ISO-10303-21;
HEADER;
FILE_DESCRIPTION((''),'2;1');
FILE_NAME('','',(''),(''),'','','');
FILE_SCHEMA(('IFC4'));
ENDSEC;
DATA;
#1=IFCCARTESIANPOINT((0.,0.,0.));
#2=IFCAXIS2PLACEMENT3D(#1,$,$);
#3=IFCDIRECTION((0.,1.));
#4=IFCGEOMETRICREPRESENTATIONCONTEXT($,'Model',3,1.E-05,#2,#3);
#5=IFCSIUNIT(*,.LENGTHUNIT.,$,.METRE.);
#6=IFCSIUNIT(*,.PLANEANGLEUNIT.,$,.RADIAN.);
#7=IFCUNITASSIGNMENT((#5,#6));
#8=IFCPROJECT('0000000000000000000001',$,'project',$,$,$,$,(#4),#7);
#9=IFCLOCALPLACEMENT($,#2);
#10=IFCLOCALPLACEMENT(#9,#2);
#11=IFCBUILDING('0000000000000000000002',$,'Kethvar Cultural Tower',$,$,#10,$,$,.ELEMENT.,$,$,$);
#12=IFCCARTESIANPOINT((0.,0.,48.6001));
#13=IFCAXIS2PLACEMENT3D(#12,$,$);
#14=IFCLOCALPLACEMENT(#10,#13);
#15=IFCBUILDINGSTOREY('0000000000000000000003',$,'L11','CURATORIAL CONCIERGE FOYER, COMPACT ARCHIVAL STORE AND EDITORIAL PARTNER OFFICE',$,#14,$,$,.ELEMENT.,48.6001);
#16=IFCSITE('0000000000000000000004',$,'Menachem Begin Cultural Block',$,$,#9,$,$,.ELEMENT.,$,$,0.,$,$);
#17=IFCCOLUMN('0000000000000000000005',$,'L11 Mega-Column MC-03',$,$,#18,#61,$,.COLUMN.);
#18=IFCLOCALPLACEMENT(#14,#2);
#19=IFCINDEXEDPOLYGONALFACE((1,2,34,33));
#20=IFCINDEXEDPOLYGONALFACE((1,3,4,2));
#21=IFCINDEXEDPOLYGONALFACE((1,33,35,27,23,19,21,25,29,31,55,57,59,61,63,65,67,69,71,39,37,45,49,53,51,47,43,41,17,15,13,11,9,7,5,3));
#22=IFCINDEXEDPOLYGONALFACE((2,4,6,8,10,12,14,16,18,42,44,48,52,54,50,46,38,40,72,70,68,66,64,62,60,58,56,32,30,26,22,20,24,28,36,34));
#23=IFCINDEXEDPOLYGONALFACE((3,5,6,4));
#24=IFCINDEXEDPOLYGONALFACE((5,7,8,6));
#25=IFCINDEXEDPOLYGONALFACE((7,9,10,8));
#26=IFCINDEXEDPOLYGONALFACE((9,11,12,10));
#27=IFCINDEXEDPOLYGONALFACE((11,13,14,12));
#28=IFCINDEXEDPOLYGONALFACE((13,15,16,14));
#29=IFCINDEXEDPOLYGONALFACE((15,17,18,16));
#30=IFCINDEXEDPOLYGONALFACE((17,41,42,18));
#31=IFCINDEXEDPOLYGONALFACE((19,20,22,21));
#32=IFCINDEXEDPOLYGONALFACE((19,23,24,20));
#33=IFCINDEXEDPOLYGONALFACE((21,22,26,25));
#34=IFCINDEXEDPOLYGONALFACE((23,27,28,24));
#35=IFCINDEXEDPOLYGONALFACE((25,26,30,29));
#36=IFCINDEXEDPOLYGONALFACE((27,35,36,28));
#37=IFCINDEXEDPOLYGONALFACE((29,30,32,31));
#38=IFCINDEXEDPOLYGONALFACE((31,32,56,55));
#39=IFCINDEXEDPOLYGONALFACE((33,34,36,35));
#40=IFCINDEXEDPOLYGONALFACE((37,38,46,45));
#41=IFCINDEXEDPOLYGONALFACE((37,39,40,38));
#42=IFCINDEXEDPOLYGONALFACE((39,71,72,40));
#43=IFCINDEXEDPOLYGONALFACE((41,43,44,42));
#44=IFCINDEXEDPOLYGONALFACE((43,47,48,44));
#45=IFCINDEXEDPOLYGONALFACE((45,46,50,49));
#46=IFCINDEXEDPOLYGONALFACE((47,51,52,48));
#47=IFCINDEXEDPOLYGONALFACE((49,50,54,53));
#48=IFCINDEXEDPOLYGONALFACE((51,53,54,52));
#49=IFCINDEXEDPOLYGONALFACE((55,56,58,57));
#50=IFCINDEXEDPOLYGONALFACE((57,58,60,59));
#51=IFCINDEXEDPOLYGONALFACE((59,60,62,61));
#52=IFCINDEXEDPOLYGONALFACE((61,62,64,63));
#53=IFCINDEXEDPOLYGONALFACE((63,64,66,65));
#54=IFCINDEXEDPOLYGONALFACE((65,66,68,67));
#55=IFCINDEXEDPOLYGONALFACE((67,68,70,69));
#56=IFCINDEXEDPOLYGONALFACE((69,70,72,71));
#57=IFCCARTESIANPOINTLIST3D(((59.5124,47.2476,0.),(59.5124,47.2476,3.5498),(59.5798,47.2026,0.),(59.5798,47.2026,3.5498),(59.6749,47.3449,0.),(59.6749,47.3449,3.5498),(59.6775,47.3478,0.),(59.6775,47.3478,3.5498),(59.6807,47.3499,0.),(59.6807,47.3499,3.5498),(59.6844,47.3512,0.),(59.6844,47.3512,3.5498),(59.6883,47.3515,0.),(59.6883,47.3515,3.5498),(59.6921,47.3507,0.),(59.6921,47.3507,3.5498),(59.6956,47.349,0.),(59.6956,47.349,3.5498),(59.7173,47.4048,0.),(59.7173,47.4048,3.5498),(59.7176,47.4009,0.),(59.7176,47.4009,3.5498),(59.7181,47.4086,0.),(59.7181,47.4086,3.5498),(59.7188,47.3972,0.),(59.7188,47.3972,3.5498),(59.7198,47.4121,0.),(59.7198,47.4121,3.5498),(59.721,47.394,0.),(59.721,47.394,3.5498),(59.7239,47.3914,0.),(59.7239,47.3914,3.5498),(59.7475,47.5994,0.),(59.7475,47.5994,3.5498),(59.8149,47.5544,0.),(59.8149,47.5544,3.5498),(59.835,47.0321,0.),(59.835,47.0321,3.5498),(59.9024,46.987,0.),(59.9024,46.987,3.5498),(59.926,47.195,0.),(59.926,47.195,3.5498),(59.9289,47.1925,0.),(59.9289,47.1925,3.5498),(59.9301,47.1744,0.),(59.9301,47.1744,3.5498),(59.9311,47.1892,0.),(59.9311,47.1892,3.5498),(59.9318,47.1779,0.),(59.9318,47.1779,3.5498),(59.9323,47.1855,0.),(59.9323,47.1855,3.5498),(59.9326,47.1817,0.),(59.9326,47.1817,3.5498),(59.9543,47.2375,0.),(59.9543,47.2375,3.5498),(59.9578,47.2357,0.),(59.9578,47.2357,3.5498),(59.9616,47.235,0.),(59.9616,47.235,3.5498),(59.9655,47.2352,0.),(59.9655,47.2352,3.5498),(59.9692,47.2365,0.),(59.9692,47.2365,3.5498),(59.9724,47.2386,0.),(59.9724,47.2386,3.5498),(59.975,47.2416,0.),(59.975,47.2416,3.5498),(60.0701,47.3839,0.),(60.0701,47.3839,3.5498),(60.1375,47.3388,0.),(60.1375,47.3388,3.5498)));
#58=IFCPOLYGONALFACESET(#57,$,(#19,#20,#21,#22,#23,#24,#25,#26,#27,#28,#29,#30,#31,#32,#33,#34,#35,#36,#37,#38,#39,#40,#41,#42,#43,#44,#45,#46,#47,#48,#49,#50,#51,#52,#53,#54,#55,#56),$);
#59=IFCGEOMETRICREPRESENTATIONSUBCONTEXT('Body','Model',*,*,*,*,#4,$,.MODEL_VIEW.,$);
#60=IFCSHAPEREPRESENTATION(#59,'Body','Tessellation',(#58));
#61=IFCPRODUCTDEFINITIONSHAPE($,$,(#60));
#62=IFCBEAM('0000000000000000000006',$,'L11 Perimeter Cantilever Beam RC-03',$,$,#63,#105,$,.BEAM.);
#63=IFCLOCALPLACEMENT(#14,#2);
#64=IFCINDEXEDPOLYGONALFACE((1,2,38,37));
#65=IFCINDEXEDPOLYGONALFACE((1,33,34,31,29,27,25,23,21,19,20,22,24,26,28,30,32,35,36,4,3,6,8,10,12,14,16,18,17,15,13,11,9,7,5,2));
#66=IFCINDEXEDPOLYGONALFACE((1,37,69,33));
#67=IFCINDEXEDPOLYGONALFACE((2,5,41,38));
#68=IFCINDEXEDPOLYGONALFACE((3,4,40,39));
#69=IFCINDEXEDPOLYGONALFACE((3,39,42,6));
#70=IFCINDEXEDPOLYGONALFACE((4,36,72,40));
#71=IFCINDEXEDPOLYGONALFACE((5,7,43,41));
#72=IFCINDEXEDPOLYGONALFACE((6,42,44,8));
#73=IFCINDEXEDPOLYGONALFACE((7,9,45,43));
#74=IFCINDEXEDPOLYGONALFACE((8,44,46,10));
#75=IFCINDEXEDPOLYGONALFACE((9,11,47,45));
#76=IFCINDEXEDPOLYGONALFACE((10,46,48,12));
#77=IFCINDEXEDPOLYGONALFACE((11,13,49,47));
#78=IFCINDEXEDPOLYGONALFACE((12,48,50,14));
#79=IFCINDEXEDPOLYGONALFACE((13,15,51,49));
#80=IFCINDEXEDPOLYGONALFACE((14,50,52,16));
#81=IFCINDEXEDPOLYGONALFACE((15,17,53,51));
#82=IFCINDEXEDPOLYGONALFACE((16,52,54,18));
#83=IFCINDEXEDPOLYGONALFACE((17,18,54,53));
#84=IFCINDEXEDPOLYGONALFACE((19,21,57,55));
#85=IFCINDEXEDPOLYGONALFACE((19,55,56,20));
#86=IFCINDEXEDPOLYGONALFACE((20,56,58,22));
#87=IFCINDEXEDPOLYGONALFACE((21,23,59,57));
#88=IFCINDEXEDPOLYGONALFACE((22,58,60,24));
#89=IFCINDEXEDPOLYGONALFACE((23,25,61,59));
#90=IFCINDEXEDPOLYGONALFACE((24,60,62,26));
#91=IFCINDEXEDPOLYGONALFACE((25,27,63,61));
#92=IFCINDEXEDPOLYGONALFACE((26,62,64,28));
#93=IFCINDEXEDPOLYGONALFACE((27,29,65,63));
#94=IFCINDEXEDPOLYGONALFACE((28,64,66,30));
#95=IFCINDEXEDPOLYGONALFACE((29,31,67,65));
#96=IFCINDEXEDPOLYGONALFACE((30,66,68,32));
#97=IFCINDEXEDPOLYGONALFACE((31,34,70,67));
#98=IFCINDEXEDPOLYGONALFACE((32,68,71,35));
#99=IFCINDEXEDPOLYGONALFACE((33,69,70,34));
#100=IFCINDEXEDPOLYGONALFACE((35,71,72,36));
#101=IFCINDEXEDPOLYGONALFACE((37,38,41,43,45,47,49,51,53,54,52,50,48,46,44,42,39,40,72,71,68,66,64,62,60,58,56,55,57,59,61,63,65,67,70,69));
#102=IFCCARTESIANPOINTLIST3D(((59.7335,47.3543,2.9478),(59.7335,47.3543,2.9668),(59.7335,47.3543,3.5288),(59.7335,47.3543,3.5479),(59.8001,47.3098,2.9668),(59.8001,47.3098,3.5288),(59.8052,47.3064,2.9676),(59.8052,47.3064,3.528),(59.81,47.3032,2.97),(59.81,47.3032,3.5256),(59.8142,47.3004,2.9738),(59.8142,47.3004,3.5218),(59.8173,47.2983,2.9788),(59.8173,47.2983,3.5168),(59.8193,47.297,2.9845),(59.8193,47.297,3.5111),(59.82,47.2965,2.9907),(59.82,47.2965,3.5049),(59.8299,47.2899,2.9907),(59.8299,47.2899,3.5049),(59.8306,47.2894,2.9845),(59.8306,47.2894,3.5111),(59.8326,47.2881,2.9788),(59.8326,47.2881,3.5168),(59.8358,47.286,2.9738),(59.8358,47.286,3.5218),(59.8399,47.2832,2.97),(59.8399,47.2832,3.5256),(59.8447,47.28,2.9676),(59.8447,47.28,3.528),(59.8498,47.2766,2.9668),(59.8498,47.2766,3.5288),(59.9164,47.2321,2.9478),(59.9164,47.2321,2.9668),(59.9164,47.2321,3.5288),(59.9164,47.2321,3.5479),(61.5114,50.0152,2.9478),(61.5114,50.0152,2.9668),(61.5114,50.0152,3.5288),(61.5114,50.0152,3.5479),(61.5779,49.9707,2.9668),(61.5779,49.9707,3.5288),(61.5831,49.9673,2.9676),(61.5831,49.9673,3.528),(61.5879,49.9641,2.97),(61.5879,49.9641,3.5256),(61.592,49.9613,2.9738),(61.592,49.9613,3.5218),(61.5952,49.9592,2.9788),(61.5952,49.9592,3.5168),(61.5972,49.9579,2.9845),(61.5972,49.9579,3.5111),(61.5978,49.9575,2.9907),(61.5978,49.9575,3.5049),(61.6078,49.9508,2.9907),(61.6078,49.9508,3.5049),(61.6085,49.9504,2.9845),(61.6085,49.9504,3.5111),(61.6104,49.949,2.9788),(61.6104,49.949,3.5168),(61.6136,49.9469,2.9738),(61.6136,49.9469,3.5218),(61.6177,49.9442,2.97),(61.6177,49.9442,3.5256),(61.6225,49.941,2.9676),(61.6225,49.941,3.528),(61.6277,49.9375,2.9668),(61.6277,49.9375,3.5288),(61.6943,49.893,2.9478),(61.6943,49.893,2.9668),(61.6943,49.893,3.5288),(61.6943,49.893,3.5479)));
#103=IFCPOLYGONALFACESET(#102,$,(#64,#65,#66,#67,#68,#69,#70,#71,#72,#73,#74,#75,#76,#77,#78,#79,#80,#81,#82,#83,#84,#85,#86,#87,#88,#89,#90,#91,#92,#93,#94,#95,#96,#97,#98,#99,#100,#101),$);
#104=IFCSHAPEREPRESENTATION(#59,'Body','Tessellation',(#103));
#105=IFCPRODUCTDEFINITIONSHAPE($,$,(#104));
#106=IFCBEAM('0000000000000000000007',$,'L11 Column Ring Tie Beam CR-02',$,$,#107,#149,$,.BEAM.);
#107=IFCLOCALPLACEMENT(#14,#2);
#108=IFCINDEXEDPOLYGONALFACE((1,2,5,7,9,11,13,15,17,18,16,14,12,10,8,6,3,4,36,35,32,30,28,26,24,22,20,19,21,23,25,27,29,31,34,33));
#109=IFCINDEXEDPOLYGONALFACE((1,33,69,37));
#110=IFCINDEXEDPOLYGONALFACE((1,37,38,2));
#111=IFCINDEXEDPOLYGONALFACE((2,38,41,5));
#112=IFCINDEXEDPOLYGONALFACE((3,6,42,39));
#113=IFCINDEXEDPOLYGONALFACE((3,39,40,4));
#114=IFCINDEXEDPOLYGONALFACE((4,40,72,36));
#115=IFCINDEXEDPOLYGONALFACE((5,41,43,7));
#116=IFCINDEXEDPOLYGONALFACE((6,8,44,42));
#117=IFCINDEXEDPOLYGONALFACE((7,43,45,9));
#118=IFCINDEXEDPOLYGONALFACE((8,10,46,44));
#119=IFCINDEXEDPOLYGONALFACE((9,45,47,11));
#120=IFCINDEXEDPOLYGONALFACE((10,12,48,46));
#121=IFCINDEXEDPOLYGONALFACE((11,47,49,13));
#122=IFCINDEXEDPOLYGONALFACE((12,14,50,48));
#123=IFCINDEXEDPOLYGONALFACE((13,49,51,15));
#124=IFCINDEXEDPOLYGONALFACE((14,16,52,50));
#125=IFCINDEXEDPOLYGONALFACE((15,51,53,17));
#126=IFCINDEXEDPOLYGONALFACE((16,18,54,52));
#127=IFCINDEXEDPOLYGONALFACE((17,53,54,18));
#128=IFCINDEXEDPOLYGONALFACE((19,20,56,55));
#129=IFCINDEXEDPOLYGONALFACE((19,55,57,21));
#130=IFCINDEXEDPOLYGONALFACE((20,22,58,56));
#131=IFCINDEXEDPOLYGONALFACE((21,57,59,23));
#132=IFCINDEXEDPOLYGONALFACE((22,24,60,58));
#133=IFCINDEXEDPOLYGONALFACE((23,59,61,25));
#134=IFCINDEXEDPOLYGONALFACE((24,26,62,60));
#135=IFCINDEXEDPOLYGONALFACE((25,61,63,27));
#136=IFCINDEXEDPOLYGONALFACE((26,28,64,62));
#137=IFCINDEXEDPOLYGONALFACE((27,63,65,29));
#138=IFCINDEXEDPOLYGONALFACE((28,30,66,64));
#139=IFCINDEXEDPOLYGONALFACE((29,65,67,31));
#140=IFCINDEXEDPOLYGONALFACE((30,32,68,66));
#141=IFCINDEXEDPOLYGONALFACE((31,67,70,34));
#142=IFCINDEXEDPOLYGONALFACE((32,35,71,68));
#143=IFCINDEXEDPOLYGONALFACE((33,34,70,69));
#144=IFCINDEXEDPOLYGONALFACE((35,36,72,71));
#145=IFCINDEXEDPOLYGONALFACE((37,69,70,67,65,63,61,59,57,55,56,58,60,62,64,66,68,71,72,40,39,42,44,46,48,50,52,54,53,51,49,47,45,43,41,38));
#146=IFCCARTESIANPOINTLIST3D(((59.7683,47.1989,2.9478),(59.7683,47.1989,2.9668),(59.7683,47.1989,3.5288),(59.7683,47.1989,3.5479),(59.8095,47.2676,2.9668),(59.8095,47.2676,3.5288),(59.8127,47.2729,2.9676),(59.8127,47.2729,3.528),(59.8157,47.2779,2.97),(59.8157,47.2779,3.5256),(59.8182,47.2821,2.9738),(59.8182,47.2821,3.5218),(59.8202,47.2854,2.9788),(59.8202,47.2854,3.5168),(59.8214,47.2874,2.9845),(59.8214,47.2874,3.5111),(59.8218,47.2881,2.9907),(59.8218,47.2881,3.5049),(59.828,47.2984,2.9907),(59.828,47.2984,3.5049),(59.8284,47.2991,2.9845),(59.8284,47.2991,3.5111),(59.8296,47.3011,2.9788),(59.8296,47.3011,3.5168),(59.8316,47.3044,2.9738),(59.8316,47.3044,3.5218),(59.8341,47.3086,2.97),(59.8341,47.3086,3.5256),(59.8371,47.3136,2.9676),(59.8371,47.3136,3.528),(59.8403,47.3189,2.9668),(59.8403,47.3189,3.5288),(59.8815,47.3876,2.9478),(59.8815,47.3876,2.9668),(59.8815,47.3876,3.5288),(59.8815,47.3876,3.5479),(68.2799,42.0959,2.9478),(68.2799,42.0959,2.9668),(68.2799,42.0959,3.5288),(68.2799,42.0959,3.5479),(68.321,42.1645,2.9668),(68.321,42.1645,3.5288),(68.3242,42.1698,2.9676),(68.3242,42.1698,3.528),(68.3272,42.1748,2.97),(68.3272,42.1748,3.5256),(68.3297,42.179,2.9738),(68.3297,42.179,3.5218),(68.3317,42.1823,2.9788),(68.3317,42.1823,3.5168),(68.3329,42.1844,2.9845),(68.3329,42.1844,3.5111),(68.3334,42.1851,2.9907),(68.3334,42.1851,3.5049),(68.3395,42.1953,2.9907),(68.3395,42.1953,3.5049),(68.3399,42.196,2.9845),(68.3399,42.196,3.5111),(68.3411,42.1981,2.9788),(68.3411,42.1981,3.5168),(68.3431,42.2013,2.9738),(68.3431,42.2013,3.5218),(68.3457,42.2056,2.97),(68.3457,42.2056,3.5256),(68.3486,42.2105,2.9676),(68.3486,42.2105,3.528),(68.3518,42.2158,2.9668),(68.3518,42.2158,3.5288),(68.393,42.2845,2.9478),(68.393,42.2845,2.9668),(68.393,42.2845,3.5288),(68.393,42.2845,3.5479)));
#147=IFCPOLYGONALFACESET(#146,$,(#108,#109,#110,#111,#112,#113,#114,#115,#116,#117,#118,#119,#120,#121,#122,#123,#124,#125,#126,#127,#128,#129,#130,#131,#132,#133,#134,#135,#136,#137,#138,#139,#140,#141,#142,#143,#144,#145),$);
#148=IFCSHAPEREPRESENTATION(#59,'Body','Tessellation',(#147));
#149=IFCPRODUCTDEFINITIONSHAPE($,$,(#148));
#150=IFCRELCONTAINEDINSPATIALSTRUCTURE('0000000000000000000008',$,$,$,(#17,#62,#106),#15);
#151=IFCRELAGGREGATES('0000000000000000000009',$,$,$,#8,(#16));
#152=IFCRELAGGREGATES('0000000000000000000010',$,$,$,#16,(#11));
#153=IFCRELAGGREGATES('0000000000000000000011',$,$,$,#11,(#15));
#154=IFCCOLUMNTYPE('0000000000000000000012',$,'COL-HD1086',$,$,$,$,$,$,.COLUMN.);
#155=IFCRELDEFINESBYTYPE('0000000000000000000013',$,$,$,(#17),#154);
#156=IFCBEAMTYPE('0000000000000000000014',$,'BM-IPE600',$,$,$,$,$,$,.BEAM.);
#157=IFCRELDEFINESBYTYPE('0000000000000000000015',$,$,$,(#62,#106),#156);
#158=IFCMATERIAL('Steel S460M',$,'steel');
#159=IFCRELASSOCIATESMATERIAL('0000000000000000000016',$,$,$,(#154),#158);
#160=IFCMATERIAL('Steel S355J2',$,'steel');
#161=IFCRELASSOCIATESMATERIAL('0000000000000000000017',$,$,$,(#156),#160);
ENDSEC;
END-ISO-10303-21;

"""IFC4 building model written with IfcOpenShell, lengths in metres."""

from ifc_helpers import new_model, si_unit, direction, frame, origin, origin_2d, place, context, subcontext, project, spatial, i_section, extrude, source, transform, mapped, material, material_profile, profile_set, type_object, element, save


model = new_model("IFC4")

# Units and contexts
model_context = context("Model", 3, precision=1e-05, world=origin(), true_north=direction((0.0, 1.0)))
body_context = subcontext(model_context, "Body", "Model", "MODEL_VIEW")
ifc_project = project(units=[si_unit("LENGTHUNIT", "METRE"), si_unit("PLANEANGLEUNIT", "RADIAN")], contexts=[model_context])

# Site, building, storey
site_placement = place(None, origin())
site = spatial("IfcSite", under=ifc_project, at=site_placement, Name="Menachem Begin Cultural Block", CompositionType="ELEMENT", RefElevation=0.0)
building_placement = place(site_placement, origin())
building = spatial("IfcBuilding", under=site, at=building_placement, Name="Kethvar Cultural Tower", CompositionType="ELEMENT")
storey_placement = place(building_placement, frame((0.0, 0.0, 48.6001)))
storey = spatial("IfcBuildingStorey", under=building, at=storey_placement, Name="L11", Description="CURATORIAL CONCIERGE FOYER, COMPACT ARCHIVAL STORE AND EDITORIAL PARTNER OFFICE", CompositionType="ELEMENT", Elevation=48.6001)

# Column
ifc_material_1 = material(Name="Steel S460M", Category="steel")
ifc_material_profile_1 = material_profile(ifc_material_1, i_section(OverallWidth=0.4231, OverallDepth=0.469, WebThickness=0.051, FlangeThickness=0.0811, FilletRadius=0.0149, at=origin_2d()), Name="Steel S460M — HD400x1086")
ifc_profile_set_1 = profile_set([ifc_material_profile_1], Name="Steel S460M — HD400x1086")
column_type = type_object("IfcColumnType", Name="COL-HD1086", PredefinedType="COLUMN", material=ifc_profile_set_1)
shared_shape_1 = source(origin(), body_context, "Body", "SweptSolid", [
    extrude(i_section(OverallWidth=0.4231, OverallDepth=0.469, WebThickness=0.051, FlangeThickness=0.0811, FilletRadius=0.0149, at=origin_2d()), origin(), (0.0, 0.0, 1.0), 3.5498),
])
column_placement = place(storey_placement, frame((59.825, 47.2932, 0.0), z_axis=(0.0, 0.0, 1.0), x_axis=(0.55557, 0.83147, 0.0)))
element("IfcColumn", 1, at=column_placement, inside=storey, type_object=column_type, Name="L11 Mega-Column MC-03", PredefinedType="COLUMN", context=body_context, shape_type="MappedRepresentation", body=[
    mapped(shared_shape_1, transform((0.0, 0.0, 0.0), scale=1.0)),
])

# Beams
ifc_material_2 = material(Name="Steel S355J2", Category="steel")
ifc_material_profile_2 = material_profile(ifc_material_2, i_section(OverallWidth=0.22, OverallDepth=0.6001, WebThickness=0.012, FlangeThickness=0.019, FilletRadius=0.0239, at=origin_2d()), Name="Steel S355J2 — IPE600")
ifc_profile_set_2 = profile_set([ifc_material_profile_2], Name="Steel S355J2 — IPE600")
beam_type_1 = type_object("IfcBeamType", Name="BM-IPE600", PredefinedType="BEAM", material=ifc_profile_set_2)
shared_shape_2 = source(origin(), body_context, "Body", "SweptSolid", [
    extrude(i_section(OverallWidth=0.22, OverallDepth=0.6001, WebThickness=0.012, FlangeThickness=0.019, FilletRadius=0.0239, at=origin_2d()), origin(), (0.0, 0.0, 1.0), 3.2002),
])
beam_1_placement = place(storey_placement, frame((59.825, 47.2932, 3.2478), z_axis=(0.555545, 0.831486, 0.0), x_axis=(-0.831486, 0.555545, 0.0)))
element("IfcBeam", 2, at=beam_1_placement, inside=storey, type_object=beam_type_1, Name="L11 Perimeter Cantilever Beam RC-03", PredefinedType="BEAM", context=body_context, shape_type="MappedRepresentation", body=[
    mapped(shared_shape_2, transform((0.0, 0.0, 0.0), scale=1.0)),
])
shared_shape_3 = source(origin(), body_context, "Body", "SweptSolid", [
    extrude(i_section(OverallWidth=0.22, OverallDepth=0.6001, WebThickness=0.012, FlangeThickness=0.019, FilletRadius=0.0239, at=origin_2d()), origin(), (0.0, 0.0, 1.0), 9.9241),
])
beam_2_placement = place(storey_placement, frame((68.3364, 42.1902, 3.2478), z_axis=(-0.857664, 0.51421, 0.0), x_axis=(-0.51421, -0.857664, 0.0)))
element("IfcBeam", 3, at=beam_2_placement, inside=storey, type_object=beam_type_1, Name="L11 Column Ring Tie Beam CR-02", PredefinedType="BEAM", context=body_context, shape_type="MappedRepresentation", body=[
    mapped(shared_shape_3, transform((0.0, 0.0, 0.0), scale=1.0)),
])

save(model, "model.ifc")
